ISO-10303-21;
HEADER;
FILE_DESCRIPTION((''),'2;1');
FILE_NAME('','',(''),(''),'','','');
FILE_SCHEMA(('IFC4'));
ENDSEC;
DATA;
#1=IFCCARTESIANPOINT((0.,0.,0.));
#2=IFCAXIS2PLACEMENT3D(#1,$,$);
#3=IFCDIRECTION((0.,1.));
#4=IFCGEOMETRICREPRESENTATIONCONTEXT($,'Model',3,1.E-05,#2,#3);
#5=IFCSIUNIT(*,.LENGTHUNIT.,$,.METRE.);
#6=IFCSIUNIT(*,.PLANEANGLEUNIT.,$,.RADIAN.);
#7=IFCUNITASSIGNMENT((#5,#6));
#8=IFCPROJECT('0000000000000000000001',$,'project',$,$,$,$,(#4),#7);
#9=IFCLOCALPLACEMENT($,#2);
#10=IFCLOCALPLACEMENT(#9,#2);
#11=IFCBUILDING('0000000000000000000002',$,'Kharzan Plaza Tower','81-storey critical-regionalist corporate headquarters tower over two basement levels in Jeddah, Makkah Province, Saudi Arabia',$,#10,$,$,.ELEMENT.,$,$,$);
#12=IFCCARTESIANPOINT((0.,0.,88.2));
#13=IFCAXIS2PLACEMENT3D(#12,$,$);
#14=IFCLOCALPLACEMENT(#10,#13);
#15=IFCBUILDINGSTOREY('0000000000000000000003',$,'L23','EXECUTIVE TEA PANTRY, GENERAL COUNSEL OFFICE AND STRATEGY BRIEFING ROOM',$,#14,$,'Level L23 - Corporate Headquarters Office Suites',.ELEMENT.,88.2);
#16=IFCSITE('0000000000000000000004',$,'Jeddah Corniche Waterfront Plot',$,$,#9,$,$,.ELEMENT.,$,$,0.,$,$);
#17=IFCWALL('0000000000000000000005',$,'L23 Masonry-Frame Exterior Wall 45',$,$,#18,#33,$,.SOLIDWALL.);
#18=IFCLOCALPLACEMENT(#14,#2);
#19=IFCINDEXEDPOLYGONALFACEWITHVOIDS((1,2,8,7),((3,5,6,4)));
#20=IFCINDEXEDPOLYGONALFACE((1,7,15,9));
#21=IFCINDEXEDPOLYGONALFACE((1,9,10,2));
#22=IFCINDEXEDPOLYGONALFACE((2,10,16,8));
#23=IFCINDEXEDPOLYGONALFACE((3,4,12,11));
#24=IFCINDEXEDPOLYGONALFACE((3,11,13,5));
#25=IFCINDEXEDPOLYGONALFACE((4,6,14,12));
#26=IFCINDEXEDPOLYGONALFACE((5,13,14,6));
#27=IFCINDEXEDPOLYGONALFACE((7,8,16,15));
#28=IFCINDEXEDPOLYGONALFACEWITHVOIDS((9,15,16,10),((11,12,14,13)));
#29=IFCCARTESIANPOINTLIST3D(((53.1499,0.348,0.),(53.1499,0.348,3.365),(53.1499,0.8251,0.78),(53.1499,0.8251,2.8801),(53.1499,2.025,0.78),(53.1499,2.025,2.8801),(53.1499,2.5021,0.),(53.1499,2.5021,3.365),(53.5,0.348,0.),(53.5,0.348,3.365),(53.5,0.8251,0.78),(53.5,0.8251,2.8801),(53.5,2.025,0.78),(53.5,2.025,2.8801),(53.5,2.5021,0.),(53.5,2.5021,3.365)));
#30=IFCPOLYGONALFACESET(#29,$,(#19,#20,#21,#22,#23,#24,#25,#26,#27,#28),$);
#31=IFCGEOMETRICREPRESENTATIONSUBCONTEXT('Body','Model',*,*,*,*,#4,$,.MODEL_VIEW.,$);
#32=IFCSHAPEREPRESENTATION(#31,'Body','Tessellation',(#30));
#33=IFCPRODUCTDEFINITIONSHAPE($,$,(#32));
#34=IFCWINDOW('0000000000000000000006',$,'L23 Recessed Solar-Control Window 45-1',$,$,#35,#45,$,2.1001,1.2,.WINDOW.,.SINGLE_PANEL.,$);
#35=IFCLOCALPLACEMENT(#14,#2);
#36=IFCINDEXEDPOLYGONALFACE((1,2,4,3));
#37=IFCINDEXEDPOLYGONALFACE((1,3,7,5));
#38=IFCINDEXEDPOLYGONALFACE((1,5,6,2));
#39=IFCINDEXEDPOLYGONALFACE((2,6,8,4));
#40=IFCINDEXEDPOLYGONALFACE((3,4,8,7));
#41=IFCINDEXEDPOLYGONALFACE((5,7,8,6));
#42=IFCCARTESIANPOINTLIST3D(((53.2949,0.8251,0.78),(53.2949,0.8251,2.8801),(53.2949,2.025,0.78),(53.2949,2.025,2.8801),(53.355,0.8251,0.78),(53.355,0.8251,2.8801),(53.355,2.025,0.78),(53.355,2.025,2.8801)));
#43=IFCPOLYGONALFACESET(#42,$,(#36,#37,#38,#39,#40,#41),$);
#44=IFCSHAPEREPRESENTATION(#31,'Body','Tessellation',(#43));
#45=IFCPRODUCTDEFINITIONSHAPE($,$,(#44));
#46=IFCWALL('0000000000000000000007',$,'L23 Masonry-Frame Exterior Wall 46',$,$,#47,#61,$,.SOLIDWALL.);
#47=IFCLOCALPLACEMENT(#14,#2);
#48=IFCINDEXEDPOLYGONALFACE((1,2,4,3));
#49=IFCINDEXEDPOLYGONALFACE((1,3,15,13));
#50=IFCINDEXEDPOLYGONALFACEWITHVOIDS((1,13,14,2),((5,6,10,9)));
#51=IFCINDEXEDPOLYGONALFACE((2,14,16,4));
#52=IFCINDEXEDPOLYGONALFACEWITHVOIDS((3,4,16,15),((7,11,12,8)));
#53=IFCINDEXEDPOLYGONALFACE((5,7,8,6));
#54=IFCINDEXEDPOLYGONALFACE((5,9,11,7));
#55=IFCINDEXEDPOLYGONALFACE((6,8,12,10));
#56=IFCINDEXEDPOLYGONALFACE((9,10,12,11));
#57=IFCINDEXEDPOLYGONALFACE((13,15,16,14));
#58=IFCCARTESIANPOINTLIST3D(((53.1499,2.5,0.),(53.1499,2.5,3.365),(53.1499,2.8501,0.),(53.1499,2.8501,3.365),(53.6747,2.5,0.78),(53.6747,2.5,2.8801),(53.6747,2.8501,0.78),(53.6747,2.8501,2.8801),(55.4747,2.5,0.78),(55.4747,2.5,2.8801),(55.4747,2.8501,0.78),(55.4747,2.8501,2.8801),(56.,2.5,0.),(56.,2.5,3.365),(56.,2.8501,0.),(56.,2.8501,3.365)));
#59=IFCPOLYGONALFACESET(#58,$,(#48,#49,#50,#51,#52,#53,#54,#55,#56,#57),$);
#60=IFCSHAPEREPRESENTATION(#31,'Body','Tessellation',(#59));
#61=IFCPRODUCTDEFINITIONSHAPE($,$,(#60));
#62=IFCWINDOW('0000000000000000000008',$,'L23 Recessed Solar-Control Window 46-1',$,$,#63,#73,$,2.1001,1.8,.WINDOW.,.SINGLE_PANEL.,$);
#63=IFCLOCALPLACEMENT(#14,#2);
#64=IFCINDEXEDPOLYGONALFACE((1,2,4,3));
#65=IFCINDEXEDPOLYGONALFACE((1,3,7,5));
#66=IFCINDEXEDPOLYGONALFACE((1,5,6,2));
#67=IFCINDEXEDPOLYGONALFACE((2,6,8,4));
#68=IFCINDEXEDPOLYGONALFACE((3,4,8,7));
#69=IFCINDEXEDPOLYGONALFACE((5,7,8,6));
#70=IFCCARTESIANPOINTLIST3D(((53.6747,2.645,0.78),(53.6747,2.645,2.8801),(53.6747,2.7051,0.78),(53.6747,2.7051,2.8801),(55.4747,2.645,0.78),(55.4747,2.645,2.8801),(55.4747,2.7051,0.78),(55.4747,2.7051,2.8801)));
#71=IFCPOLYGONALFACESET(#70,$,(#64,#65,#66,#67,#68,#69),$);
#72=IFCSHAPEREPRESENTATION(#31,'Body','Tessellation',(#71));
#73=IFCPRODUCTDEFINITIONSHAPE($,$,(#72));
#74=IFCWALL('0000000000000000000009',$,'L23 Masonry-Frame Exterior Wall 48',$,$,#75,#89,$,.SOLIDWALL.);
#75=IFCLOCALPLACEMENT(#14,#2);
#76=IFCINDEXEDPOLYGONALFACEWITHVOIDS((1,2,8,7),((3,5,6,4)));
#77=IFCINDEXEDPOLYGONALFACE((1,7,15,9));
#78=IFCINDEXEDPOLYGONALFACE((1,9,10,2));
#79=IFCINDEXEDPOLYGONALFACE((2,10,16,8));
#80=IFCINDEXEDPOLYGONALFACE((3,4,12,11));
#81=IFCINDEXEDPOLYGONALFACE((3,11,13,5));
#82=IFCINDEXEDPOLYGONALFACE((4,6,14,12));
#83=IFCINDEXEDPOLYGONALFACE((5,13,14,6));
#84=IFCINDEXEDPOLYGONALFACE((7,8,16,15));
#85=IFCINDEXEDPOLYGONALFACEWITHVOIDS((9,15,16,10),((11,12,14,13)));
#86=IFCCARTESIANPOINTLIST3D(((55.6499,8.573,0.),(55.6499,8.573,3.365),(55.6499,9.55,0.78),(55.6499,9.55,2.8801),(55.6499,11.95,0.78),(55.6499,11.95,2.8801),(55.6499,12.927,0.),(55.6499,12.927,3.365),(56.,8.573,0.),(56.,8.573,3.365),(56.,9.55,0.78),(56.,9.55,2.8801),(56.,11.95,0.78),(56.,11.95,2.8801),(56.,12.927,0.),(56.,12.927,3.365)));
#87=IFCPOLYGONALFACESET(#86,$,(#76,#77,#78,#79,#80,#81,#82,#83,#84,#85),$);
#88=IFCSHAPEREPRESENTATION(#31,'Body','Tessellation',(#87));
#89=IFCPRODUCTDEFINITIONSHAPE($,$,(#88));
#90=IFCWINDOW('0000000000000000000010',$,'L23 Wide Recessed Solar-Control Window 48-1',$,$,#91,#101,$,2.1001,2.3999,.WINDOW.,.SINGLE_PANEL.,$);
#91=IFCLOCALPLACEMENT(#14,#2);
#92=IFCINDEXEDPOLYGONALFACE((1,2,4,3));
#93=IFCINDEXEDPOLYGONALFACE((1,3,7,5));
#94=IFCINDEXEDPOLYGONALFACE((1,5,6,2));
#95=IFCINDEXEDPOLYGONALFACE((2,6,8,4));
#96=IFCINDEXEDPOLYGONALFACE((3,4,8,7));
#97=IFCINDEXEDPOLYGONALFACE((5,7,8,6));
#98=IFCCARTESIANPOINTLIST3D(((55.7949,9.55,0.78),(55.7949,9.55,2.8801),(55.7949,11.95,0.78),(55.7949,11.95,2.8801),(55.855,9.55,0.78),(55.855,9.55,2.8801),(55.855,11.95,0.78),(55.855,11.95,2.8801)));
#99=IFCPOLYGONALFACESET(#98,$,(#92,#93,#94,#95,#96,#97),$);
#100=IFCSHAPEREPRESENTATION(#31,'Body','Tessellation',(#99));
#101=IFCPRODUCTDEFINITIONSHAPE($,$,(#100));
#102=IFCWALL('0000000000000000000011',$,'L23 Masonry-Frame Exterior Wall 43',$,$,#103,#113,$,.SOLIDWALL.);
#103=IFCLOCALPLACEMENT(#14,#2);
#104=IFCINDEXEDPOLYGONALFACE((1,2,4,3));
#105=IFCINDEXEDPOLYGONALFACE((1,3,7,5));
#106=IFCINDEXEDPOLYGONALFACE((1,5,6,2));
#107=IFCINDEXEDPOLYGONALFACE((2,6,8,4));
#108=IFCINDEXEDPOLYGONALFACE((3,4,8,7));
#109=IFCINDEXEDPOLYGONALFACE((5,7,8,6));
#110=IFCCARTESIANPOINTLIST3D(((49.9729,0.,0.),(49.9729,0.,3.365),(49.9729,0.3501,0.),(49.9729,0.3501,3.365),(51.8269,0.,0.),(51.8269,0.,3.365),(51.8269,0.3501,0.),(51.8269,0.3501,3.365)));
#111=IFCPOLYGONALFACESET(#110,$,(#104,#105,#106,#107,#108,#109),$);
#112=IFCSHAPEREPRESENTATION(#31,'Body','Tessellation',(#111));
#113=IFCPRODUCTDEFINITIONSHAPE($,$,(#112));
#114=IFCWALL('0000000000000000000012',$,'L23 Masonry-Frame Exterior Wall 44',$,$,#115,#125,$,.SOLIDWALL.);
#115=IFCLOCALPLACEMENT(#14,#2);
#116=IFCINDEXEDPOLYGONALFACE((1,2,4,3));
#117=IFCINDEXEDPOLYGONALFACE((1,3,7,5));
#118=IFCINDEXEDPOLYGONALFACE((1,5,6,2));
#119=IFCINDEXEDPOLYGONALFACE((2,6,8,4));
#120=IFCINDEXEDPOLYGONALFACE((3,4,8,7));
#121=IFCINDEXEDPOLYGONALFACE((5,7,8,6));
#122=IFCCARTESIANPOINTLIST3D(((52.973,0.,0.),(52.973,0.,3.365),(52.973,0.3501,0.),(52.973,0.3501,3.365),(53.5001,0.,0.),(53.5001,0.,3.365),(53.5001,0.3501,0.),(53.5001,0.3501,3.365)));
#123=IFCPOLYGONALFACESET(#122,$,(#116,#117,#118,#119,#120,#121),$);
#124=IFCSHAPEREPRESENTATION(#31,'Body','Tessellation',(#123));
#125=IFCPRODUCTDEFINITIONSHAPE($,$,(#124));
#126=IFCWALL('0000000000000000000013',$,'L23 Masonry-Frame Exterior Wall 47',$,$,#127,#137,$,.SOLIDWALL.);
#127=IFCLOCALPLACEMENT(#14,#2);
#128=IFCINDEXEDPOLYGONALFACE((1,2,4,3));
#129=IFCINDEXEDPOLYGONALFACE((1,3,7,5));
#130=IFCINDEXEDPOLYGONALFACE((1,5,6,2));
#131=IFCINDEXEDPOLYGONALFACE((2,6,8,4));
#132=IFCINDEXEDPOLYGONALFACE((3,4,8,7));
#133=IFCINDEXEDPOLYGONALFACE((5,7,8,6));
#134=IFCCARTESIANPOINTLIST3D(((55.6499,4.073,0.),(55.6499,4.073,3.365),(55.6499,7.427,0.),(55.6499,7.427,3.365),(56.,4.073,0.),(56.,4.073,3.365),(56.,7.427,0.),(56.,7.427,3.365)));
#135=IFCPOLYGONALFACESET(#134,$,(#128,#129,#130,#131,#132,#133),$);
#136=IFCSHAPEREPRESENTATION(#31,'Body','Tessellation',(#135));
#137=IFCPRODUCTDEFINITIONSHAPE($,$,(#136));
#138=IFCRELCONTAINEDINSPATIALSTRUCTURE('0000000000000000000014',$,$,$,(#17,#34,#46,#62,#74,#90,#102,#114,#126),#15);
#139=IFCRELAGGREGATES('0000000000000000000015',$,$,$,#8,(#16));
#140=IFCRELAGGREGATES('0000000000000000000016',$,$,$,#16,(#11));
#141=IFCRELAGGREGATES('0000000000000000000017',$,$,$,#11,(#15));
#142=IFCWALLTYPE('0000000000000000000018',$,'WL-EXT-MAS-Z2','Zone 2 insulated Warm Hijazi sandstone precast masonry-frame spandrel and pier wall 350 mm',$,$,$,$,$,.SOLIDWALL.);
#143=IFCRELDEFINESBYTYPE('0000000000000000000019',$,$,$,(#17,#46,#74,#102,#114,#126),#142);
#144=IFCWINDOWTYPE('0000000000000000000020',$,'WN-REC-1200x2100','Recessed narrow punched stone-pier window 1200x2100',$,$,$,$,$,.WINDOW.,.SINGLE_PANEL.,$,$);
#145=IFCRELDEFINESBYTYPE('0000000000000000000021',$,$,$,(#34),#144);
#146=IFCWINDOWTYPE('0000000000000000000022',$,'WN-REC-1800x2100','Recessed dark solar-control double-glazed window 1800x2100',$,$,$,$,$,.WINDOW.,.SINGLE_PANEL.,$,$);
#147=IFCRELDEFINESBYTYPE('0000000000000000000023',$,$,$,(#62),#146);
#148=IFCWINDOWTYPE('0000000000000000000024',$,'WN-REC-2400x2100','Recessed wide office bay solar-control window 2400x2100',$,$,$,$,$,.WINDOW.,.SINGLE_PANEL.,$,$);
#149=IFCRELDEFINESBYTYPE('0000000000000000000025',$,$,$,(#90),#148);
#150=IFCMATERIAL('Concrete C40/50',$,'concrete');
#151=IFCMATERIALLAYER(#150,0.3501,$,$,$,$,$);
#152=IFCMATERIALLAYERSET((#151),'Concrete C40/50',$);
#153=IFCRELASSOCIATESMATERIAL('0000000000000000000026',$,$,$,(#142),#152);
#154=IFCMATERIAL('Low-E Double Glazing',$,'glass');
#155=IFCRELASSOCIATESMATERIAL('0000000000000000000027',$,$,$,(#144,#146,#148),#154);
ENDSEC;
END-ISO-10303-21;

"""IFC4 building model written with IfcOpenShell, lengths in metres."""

from ifc_helpers import new_model, si_unit, direction, frame, frame_2d, origin, place, context, subcontext, project, spatial, rectangle, extrude, source, transform, mapped, material, layer, layer_set, type_object, element, fill, save


model = new_model("IFC4")

# Units and contexts
model_context = context("Model", 3, precision=1e-05, world=origin(), true_north=direction((0.0, 1.0)))
body_context = subcontext(model_context, "Body", "Model", "MODEL_VIEW")
ifc_project = project(units=[si_unit("LENGTHUNIT", "METRE"), si_unit("PLANEANGLEUNIT", "RADIAN")], contexts=[model_context])

# Site, building, storey
site_placement = place(None, origin())
site = spatial("IfcSite", under=ifc_project, at=site_placement, Name="Jeddah Corniche Waterfront Plot", CompositionType="ELEMENT", RefElevation=0.0)
building_placement = place(site_placement, origin())
building = spatial("IfcBuilding", under=site, at=building_placement, Name="Kharzan Plaza Tower", Description="81-storey critical-regionalist corporate headquarters tower over two basement levels in Jeddah, Makkah Province, Saudi Arabia", CompositionType="ELEMENT")
storey_placement = place(building_placement, frame((0.0, 0.0, 88.2)))
storey = spatial("IfcBuildingStorey", under=building, at=storey_placement, Name="L23", Description="EXECUTIVE TEA PANTRY, GENERAL COUNSEL OFFICE AND STRATEGY BRIEFING ROOM", LongName="Level L23 - Corporate Headquarters Office Suites", CompositionType="ELEMENT", Elevation=88.2)

# Walls, openings, windows
ifc_material_1 = material(Name="Concrete C40/50", Category="concrete")
ifc_layer = layer(ifc_material_1, 0.3501)
ifc_layer_set = layer_set([ifc_layer], Name="Concrete C40/50")
wall_type = type_object("IfcWallType", Name="WL-EXT-MAS-Z2", Description="Zone 2 insulated Warm Hijazi sandstone precast masonry-frame spandrel and pier wall 350 mm", PredefinedType="SOLIDWALL", material=ifc_layer_set)
wall_1_placement = place(storey_placement, frame((53.325, 0.3479, 0.0), z_axis=(0.0, 0.0, 1.0), x_axis=(0.0, 1.0, 0.0)))
wall_1 = element("IfcWall", 1, at=wall_1_placement, inside=storey, type_object=wall_type, Name="L23 Masonry-Frame Exterior Wall 45", PredefinedType="SOLIDWALL", context=body_context, shape_type="SweptSolid", body=[
    extrude(rectangle(XDim=2.1541, YDim=0.3501, at=frame_2d((1.0771, 0.0))), origin(), (0.0, 0.0, 1.0), 3.365),
])
opening_1_placement = place(wall_1_placement, frame((0.4771, 0.0, 0.78)))
opening_1 = element("IfcOpeningElement", 2, at=opening_1_placement, cuts=wall_1, PredefinedType="OPENING", context=body_context, shape_type="SweptSolid", body=[
    extrude(rectangle(XDim=1.2, YDim=2.1001, at=frame_2d((0.6001, 1.05))), frame((0.0, 0.1851, 0.0), z_axis=(0.0, -1.0, 0.0), x_axis=(1.0, 0.0, 0.0)), (0.0, 0.0, 1.0), 0.3701),
])
ifc_material_2 = material(Name="Low-E Double Glazing", Category="glass")
window_type_1 = type_object("IfcWindowType", Name="WN-REC-1200x2100", Description="Recessed narrow punched stone-pier window 1200x2100", PartitioningType="SINGLE_PANEL", PredefinedType="WINDOW", material=ifc_material_2)
shared_shape_1 = source(origin(), body_context, "Body", "SweptSolid", [
    extrude(rectangle(XDim=1.2, YDim=2.1001, at=frame_2d((0.6001, 1.05))), frame((0.0, 0.03, 0.0), z_axis=(0.0, -1.0, 0.0), x_axis=(1.0, 0.0, 0.0)), (0.0, 0.0, 1.0), 0.0601),
])
window_1_placement = place(opening_1_placement, origin())
window_1 = element("IfcWindow", 3, at=window_1_placement, inside=storey, type_object=window_type_1, Name="L23 Recessed Solar-Control Window 45-1", OverallHeight=2.1001, OverallWidth=1.2, PartitioningType="SINGLE_PANEL", PredefinedType="WINDOW", context=body_context, shape_type="MappedRepresentation", body=[
    mapped(shared_shape_1, transform((0.0, 0.0, 0.0), x_axis=(1.0, 0.0, 0.0), y_axis=(0.0, 1.0, 0.0), z_axis=(0.0, 0.0, 1.0))),
])
fill(opening_1, window_1)
wall_2_placement = place(storey_placement, frame((53.1499, 2.675, 0.0), z_axis=(0.0, 0.0, 1.0), x_axis=(1.0, 0.0, 0.0)))
wall_2 = element("IfcWall", 4, at=wall_2_placement, inside=storey, type_object=wall_type, Name="L23 Masonry-Frame Exterior Wall 46", PredefinedType="SOLIDWALL", context=body_context, shape_type="SweptSolid", body=[
    extrude(rectangle(XDim=2.8501, YDim=0.3501, at=frame_2d((1.425, 0.0))), origin(), (0.0, 0.0, 1.0), 3.365),
])
opening_2_placement = place(wall_2_placement, frame((0.5249, 0.0, 0.78)))
opening_2 = element("IfcOpeningElement", 5, at=opening_2_placement, cuts=wall_2, PredefinedType="OPENING", context=body_context, shape_type="SweptSolid", body=[
    extrude(rectangle(XDim=1.8, YDim=2.1001, at=frame_2d((0.8999, 1.05))), frame((0.0, 0.1851, 0.0), z_axis=(0.0, -1.0, 0.0), x_axis=(1.0, 0.0, 0.0)), (0.0, 0.0, 1.0), 0.3701),
])
window_type_2 = type_object("IfcWindowType", Name="WN-REC-1800x2100", Description="Recessed dark solar-control double-glazed window 1800x2100", PartitioningType="SINGLE_PANEL", PredefinedType="WINDOW", material=ifc_material_2)
shared_shape_2 = source(origin(), body_context, "Body", "SweptSolid", [
    extrude(rectangle(XDim=1.8, YDim=2.1001, at=frame_2d((0.8999, 1.05))), frame((0.0, 0.03, 0.0), z_axis=(0.0, -1.0, 0.0), x_axis=(1.0, 0.0, 0.0)), (0.0, 0.0, 1.0), 0.0601),
])
window_2_placement = place(opening_2_placement, origin())
window_2 = element("IfcWindow", 6, at=window_2_placement, inside=storey, type_object=window_type_2, Name="L23 Recessed Solar-Control Window 46-1", OverallHeight=2.1001, OverallWidth=1.8, PartitioningType="SINGLE_PANEL", PredefinedType="WINDOW", context=body_context, shape_type="MappedRepresentation", body=[
    mapped(shared_shape_2, transform((0.0, 0.0, 0.0), x_axis=(1.0, 0.0, 0.0), y_axis=(0.0, 1.0, 0.0), z_axis=(0.0, 0.0, 1.0))),
])
fill(opening_2, window_2)
wall_3_placement = place(storey_placement, frame((55.825, 8.573, 0.0), z_axis=(0.0, 0.0, 1.0), x_axis=(0.0, 1.0, 0.0)))
wall_3 = element("IfcWall", 7, at=wall_3_placement, inside=storey, type_object=wall_type, Name="L23 Masonry-Frame Exterior Wall 48", PredefinedType="SOLIDWALL", context=body_context, shape_type="SweptSolid", body=[
    extrude(rectangle(XDim=4.354, YDim=0.3501, at=frame_2d((2.177, 0.0))), origin(), (0.0, 0.0, 1.0), 3.365),
])
opening_3_placement = place(wall_3_placement, frame((0.9771, 0.0, 0.78)))
opening_3 = element("IfcOpeningElement", 8, at=opening_3_placement, cuts=wall_3, PredefinedType="OPENING", context=body_context, shape_type="SweptSolid", body=[
    extrude(rectangle(XDim=2.3999, YDim=2.1001, at=frame_2d((1.2, 1.05))), frame((0.0, 0.1851, 0.0), z_axis=(0.0, -1.0, 0.0), x_axis=(1.0, 0.0, 0.0)), (0.0, 0.0, 1.0), 0.3701),
])
window_type_3 = type_object("IfcWindowType", Name="WN-REC-2400x2100", Description="Recessed wide office bay solar-control window 2400x2100", PartitioningType="SINGLE_PANEL", PredefinedType="WINDOW", material=ifc_material_2)
shared_shape_3 = source(origin(), body_context, "Body", "SweptSolid", [
    extrude(rectangle(XDim=2.3999, YDim=2.1001, at=frame_2d((1.2, 1.05))), frame((0.0, 0.03, 0.0), z_axis=(0.0, -1.0, 0.0), x_axis=(1.0, 0.0, 0.0)), (0.0, 0.0, 1.0), 0.0601),
])
window_3_placement = place(opening_3_placement, origin())
window_3 = element("IfcWindow", 9, at=window_3_placement, inside=storey, type_object=window_type_3, Name="L23 Wide Recessed Solar-Control Window 48-1", OverallHeight=2.1001, OverallWidth=2.3999, PartitioningType="SINGLE_PANEL", PredefinedType="WINDOW", context=body_context, shape_type="MappedRepresentation", body=[
    mapped(shared_shape_3, transform((0.0, 0.0, 0.0), x_axis=(1.0, 0.0, 0.0), y_axis=(0.0, 1.0, 0.0), z_axis=(0.0, 0.0, 1.0))),
])
fill(opening_3, window_3)

# Walls
shared_shape_4 = source(origin(), body_context, "Body", "SweptSolid", [
    extrude(rectangle(XDim=1.854, YDim=0.3501, at=frame_2d((0.927, 0.0))), origin(), (0.0, 0.0, 1.0), 3.365),
])
wall_4_placement = place(storey_placement, frame((49.9729, 0.175, 0.0), z_axis=(0.0, 0.0, 1.0), x_axis=(1.0, 0.0, 0.0)))
element("IfcWall", 10, at=wall_4_placement, inside=storey, type_object=wall_type, Name="L23 Masonry-Frame Exterior Wall 43", PredefinedType="SOLIDWALL", context=body_context, shape_type="MappedRepresentation", body=[
    mapped(shared_shape_4, transform((0.0, 0.0, 0.0), x_axis=(1.0, 0.0, 0.0), y_axis=(0.0, 1.0, 0.0), z_axis=(0.0, 0.0, 1.0))),
])
shared_shape_5 = source(origin(), body_context, "Body", "SweptSolid", [
    extrude(rectangle(XDim=0.5271, YDim=0.3501, at=frame_2d((0.2637, 0.0))), origin(), (0.0, 0.0, 1.0), 3.365),
])
wall_5_placement = place(storey_placement, frame((52.9729, 0.175, 0.0), z_axis=(0.0, 0.0, 1.0), x_axis=(1.0, 0.0, 0.0)))
element("IfcWall", 11, at=wall_5_placement, inside=storey, type_object=wall_type, Name="L23 Masonry-Frame Exterior Wall 44", PredefinedType="SOLIDWALL", context=body_context, shape_type="MappedRepresentation", body=[
    mapped(shared_shape_5, transform((0.0, 0.0, 0.0), x_axis=(1.0, 0.0, 0.0), y_axis=(0.0, 1.0, 0.0), z_axis=(0.0, 0.0, 1.0))),
])
shared_shape_6 = source(origin(), body_context, "Body", "SweptSolid", [
    extrude(rectangle(XDim=3.354, YDim=0.3501, at=frame_2d((1.677, 0.0))), origin(), (0.0, 0.0, 1.0), 3.365),
])
wall_6_placement = place(storey_placement, frame((55.825, 4.073, 0.0), z_axis=(0.0, 0.0, 1.0), x_axis=(0.0, 1.0, 0.0)))
element("IfcWall", 12, at=wall_6_placement, inside=storey, type_object=wall_type, Name="L23 Masonry-Frame Exterior Wall 47", PredefinedType="SOLIDWALL", context=body_context, shape_type="MappedRepresentation", body=[
    mapped(shared_shape_6, transform((0.0, 0.0, 0.0), x_axis=(1.0, 0.0, 0.0), y_axis=(0.0, 1.0, 0.0), z_axis=(0.0, 0.0, 1.0))),
])

save(model, "model.ifc")
